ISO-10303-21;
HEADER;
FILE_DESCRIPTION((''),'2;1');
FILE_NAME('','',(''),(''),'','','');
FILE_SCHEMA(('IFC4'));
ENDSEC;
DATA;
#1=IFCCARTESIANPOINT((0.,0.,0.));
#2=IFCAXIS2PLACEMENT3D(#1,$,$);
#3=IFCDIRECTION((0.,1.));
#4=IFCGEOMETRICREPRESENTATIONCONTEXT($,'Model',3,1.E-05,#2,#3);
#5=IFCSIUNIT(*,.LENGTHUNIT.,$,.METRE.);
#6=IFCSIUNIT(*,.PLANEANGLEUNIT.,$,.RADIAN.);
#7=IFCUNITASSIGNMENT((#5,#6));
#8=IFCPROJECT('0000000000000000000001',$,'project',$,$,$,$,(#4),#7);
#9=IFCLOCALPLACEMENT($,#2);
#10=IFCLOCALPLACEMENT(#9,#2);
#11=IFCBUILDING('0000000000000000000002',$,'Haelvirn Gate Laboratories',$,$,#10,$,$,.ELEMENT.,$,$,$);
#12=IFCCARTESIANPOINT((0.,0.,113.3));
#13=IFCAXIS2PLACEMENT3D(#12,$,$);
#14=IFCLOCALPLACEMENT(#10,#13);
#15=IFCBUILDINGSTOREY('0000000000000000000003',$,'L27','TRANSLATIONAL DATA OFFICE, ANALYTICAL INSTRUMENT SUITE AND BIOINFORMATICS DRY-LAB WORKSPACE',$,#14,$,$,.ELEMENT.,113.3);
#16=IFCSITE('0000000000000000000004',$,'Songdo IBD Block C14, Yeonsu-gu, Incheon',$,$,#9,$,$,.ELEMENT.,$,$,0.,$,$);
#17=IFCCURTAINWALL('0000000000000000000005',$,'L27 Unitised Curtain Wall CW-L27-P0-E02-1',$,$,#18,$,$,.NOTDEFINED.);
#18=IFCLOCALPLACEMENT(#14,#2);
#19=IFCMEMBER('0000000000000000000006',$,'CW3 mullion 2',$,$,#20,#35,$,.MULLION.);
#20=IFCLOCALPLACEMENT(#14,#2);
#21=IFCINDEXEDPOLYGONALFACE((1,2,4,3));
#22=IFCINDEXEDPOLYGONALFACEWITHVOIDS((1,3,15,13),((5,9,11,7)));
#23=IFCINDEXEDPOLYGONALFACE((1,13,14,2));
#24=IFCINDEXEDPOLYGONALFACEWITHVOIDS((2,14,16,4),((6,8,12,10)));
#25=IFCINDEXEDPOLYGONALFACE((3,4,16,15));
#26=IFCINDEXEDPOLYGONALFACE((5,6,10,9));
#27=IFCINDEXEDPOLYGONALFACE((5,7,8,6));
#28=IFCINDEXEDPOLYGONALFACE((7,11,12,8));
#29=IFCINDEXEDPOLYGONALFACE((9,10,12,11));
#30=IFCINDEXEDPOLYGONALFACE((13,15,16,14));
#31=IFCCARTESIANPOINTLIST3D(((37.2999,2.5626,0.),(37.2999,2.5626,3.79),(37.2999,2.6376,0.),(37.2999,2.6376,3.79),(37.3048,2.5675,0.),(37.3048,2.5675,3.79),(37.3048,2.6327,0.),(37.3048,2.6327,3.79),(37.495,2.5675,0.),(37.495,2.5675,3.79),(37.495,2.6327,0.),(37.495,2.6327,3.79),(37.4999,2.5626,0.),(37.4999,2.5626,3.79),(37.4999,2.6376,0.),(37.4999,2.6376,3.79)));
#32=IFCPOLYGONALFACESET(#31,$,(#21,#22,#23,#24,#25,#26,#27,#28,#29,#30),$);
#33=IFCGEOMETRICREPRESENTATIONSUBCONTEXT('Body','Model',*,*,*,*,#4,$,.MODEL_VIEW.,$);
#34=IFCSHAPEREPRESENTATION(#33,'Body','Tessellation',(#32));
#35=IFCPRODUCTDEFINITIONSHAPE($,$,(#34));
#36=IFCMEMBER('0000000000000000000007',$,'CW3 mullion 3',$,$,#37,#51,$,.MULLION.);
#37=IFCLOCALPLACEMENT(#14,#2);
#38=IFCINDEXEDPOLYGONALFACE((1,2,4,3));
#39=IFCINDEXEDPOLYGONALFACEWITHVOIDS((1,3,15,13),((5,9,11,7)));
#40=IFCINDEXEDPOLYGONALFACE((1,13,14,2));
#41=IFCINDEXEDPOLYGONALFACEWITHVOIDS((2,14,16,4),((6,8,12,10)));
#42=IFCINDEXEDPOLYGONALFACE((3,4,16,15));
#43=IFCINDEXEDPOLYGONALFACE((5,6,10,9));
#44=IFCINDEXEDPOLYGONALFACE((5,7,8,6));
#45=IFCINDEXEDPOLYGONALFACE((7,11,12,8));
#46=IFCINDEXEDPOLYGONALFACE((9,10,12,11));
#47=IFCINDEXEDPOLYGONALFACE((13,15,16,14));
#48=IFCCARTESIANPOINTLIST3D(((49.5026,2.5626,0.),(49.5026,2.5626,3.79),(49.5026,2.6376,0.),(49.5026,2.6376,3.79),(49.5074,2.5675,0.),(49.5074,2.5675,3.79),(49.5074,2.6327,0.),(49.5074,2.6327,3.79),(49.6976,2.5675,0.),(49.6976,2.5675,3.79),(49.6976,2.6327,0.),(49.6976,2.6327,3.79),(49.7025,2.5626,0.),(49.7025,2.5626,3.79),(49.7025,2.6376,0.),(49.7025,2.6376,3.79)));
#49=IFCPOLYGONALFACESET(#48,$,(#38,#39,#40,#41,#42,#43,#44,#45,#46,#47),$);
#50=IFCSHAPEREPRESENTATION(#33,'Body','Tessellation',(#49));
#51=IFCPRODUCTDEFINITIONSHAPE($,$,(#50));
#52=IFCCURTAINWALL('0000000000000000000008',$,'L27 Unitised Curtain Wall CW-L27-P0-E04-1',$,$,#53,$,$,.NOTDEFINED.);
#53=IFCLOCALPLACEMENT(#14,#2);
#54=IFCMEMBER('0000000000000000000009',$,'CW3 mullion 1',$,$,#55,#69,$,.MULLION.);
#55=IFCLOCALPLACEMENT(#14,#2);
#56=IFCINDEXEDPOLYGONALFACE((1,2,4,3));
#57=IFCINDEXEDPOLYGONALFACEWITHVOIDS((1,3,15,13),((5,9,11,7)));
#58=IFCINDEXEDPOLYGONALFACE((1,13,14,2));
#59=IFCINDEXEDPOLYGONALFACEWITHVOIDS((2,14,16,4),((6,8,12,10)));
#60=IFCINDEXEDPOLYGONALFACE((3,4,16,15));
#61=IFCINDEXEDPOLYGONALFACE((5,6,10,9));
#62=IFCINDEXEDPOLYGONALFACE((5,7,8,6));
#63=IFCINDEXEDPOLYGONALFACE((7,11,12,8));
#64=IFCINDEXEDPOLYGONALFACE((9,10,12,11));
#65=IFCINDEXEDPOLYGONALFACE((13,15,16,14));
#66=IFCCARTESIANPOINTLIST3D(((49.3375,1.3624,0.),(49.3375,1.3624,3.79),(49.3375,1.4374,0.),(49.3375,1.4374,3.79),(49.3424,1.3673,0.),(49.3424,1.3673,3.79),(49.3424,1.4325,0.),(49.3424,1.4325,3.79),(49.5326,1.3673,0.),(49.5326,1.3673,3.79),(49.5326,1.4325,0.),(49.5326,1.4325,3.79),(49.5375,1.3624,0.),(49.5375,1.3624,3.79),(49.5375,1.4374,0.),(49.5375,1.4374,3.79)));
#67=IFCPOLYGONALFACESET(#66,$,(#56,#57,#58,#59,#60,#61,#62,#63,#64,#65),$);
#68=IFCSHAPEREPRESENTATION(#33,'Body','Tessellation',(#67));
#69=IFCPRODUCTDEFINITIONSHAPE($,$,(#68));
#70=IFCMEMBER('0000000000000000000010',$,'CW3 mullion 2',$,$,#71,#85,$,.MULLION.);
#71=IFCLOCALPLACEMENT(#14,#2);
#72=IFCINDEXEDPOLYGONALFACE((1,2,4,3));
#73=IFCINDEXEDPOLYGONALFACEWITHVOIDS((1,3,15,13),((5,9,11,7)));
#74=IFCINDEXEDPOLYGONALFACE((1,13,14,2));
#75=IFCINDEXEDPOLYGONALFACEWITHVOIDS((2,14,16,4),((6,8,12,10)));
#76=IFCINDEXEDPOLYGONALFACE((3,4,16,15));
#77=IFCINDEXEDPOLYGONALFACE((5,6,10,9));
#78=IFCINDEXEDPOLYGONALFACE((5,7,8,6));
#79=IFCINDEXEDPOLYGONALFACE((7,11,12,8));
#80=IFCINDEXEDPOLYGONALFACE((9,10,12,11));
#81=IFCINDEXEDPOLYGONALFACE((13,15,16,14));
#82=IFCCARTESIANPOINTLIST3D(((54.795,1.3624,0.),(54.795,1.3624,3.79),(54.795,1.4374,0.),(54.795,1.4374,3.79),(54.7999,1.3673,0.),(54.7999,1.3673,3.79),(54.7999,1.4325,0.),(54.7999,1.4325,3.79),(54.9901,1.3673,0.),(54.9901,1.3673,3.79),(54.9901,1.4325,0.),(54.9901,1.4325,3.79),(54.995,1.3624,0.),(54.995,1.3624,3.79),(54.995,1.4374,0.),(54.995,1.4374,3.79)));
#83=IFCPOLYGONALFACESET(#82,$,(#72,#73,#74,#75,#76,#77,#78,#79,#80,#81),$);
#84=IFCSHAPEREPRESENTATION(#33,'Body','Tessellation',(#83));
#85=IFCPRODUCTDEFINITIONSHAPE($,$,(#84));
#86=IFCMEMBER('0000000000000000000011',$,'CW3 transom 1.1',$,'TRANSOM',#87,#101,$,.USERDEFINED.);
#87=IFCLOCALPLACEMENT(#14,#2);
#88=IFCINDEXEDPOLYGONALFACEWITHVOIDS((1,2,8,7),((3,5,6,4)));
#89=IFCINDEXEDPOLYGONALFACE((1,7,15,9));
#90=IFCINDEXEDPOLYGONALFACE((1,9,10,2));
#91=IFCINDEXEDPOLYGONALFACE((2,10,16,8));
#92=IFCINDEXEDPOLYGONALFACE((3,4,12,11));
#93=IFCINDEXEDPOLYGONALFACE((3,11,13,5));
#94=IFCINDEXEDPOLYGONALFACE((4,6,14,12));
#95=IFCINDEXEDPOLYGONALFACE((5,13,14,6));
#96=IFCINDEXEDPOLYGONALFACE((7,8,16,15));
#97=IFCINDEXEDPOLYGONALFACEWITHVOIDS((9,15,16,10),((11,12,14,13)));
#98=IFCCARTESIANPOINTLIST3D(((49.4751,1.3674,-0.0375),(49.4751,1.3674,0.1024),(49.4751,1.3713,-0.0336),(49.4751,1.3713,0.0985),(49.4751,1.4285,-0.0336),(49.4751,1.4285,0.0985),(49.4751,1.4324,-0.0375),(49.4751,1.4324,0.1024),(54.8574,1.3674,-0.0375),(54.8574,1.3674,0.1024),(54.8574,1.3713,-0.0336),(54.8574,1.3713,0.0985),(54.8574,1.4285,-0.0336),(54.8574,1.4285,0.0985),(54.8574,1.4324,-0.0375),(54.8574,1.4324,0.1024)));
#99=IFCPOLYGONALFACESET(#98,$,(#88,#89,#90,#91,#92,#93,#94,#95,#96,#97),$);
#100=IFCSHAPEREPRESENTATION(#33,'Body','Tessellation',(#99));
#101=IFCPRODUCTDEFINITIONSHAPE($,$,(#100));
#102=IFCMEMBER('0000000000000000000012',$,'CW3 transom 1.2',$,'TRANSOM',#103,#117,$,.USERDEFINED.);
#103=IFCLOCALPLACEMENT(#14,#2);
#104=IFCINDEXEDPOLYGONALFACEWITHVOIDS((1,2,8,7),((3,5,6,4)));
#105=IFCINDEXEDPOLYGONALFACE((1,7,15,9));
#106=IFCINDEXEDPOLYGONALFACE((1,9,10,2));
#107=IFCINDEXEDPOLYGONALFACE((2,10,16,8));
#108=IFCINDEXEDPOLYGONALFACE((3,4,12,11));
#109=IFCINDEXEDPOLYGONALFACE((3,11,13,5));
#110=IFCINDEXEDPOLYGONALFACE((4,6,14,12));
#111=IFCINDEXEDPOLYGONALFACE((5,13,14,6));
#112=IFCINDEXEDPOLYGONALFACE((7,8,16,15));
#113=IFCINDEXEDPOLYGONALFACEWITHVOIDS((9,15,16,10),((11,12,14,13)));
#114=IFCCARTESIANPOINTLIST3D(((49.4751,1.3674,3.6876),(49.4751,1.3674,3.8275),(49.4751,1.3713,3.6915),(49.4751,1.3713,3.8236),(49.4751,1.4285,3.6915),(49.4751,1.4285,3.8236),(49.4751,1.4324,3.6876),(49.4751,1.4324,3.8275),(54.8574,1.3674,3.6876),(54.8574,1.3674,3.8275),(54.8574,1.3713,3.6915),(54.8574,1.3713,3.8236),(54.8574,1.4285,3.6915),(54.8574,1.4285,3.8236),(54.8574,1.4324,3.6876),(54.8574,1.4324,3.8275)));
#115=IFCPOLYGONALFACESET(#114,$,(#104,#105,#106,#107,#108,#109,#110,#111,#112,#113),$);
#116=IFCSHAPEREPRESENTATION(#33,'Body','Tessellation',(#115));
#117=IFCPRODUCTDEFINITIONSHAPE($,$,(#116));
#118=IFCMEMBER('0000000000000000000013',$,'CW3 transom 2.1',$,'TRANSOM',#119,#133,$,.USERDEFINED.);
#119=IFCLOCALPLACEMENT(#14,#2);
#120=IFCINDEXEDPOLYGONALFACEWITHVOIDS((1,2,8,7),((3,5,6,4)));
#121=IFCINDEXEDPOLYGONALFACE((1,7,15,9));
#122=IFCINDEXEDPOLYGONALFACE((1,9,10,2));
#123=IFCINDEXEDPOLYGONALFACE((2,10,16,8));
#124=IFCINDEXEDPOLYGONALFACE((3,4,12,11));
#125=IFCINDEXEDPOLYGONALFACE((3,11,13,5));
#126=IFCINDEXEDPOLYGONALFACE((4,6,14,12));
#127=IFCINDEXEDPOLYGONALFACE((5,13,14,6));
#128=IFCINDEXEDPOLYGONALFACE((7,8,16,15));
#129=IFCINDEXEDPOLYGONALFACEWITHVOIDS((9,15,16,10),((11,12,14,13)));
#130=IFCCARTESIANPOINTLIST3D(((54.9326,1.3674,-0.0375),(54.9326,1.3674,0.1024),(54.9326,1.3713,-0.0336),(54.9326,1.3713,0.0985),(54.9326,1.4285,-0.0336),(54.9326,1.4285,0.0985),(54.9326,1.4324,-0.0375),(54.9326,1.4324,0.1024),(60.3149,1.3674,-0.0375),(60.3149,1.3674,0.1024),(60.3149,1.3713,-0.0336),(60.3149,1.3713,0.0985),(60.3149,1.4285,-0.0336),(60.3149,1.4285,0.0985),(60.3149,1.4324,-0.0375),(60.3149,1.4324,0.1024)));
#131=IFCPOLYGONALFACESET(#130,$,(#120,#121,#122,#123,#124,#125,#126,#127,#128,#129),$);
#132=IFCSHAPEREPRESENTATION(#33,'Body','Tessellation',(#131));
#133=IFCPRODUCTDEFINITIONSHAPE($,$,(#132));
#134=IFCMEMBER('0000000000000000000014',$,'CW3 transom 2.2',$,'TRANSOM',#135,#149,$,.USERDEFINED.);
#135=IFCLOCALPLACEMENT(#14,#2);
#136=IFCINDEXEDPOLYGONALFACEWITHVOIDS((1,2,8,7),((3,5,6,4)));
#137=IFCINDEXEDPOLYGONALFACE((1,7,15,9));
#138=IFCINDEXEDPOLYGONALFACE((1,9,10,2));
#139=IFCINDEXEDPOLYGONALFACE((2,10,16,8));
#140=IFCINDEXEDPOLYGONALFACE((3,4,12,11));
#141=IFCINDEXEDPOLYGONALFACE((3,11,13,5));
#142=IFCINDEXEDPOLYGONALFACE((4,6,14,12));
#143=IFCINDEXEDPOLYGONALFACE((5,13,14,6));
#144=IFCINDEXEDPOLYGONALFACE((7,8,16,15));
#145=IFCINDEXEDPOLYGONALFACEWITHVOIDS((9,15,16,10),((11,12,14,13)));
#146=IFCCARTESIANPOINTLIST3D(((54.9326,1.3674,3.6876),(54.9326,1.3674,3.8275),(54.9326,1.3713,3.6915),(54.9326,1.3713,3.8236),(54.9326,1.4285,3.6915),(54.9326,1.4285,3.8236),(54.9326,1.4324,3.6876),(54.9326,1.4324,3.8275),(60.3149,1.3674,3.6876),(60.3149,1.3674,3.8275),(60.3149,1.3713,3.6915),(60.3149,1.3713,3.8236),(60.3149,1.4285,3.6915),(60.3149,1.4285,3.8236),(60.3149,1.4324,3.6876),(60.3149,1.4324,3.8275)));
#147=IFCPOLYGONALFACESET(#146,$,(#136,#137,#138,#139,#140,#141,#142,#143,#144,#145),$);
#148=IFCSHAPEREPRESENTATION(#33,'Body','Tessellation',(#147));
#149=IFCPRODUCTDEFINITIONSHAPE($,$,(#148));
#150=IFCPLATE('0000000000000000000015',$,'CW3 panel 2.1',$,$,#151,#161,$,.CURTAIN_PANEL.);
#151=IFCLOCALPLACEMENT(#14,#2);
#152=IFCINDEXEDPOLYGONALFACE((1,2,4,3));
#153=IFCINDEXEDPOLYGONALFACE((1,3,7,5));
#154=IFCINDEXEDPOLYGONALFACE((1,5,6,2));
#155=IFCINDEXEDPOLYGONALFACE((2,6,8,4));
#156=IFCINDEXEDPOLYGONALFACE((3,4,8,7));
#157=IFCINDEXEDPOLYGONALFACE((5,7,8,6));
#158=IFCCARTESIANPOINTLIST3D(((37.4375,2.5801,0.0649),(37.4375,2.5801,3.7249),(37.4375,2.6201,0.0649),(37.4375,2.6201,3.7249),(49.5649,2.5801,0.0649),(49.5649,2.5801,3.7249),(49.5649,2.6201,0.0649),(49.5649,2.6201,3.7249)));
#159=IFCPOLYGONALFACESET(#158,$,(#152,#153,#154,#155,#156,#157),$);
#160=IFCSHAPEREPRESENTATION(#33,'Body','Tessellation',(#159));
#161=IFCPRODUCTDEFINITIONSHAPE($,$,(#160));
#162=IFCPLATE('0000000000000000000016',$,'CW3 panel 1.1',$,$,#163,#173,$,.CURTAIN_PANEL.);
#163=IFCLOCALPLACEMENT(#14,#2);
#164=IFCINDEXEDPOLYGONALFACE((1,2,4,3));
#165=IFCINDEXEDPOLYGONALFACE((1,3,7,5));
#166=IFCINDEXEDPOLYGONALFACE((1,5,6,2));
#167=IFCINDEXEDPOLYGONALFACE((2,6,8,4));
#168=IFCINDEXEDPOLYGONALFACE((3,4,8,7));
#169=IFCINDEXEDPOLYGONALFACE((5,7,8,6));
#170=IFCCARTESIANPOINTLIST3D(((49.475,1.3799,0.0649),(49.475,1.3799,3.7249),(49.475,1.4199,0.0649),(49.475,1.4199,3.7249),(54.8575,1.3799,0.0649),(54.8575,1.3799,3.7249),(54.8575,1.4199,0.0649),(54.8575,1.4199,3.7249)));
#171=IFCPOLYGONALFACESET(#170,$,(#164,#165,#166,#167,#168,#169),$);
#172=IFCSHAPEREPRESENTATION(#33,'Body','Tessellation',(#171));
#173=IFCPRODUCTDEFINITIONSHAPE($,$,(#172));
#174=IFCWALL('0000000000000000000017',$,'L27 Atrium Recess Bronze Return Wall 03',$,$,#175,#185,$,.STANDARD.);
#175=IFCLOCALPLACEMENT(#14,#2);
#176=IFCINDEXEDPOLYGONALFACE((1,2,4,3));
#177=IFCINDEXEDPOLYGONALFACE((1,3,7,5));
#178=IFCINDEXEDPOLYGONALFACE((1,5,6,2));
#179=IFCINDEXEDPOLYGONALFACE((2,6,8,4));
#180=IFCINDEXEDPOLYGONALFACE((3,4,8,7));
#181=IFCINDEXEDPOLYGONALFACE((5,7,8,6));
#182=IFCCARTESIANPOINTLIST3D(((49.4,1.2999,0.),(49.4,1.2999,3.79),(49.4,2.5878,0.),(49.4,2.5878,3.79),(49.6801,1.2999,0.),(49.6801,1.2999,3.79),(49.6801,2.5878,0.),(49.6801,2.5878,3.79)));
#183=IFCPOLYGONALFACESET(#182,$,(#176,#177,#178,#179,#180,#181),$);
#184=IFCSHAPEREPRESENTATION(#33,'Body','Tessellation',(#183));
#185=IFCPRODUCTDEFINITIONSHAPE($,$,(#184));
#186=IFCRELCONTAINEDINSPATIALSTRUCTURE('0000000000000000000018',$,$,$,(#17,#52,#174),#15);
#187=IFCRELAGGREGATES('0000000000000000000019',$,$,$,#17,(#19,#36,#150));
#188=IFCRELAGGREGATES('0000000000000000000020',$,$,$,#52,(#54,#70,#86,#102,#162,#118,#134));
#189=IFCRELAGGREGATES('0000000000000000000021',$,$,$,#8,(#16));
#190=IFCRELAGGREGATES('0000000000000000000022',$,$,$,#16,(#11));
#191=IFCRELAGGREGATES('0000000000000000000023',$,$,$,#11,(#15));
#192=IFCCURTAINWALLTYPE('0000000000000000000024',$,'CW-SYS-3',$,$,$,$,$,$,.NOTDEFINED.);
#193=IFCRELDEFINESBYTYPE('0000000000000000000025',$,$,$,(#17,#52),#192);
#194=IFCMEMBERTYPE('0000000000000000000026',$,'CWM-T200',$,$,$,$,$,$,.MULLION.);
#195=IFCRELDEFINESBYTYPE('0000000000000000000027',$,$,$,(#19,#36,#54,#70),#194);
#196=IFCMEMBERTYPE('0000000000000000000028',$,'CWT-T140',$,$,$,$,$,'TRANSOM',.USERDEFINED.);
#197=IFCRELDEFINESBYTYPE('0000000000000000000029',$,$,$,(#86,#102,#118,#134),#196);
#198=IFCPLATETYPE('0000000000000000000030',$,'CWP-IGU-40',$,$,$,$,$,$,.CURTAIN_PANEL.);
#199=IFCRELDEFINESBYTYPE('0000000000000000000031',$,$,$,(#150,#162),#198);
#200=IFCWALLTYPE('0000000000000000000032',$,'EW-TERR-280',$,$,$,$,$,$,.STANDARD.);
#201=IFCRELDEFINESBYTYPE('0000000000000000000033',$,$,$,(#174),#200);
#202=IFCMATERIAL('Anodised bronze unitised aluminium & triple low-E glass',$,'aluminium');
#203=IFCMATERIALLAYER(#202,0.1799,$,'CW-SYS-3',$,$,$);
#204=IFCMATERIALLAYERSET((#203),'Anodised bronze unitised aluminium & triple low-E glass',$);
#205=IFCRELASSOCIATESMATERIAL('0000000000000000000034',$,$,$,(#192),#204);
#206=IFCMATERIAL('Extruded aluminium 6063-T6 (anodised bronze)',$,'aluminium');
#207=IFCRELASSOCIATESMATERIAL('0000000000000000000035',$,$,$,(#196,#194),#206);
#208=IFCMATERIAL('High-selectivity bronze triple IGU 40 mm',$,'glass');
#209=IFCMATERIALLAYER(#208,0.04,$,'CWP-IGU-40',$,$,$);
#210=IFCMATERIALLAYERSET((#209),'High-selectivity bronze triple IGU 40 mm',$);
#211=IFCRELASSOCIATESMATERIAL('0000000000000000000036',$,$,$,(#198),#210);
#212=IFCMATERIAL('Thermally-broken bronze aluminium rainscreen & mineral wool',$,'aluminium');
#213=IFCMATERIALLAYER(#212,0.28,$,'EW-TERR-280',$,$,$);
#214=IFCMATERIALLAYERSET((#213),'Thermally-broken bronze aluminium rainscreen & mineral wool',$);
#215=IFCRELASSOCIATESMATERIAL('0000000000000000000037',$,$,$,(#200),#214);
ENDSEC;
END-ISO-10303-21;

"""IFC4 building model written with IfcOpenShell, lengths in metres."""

from ifc_helpers import new_model, si_unit, direction, frame, frame_2d, origin, origin_2d, place, context, subcontext, project, spatial, rectangle, hollow_rectangle, extrude, source, transform, mapped, material, layer, layer_set, material_profile, profile_set, type_object, type_shapes, element, aggregate, save


model = new_model("IFC4")

# Units and contexts
model_context = context("Model", 3, precision=1e-05, world=origin(), true_north=direction((0.0, 1.0)))
body_context = subcontext(model_context, "Body", "Model", "MODEL_VIEW")
ifc_project = project(units=[si_unit("LENGTHUNIT", "METRE"), si_unit("PLANEANGLEUNIT", "RADIAN")], contexts=[model_context])

# Site, building, storey
site_placement = place(None, origin())
site = spatial("IfcSite", under=ifc_project, at=site_placement, Name="Songdo IBD Block C14, Yeonsu-gu, Incheon", CompositionType="ELEMENT", RefElevation=0.0)
building_placement = place(site_placement, origin())
building = spatial("IfcBuilding", under=site, at=building_placement, Name="Haelvirn Gate Laboratories", CompositionType="ELEMENT")
storey_placement = place(building_placement, frame((0.0, 0.0, 113.3)))
storey = spatial("IfcBuildingStorey", under=building, at=storey_placement, Name="L27", Description="TRANSLATIONAL DATA OFFICE, ANALYTICAL INSTRUMENT SUITE AND BIOINFORMATICS DRY-LAB WORKSPACE", CompositionType="ELEMENT", Elevation=113.3)

# Curtain walls, members
ifc_material_1 = material(Name="Anodised bronze unitised aluminium & triple low-E glass", Category="aluminium")
ifc_layer_1 = layer(ifc_material_1, 0.1799, Name="CW-SYS-3")
ifc_layer_set_1 = layer_set([ifc_layer_1], Name="Anodised bronze unitised aluminium & triple low-E glass")
curtain_wall_type = type_object("IfcCurtainWallType", Name="CW-SYS-3", PredefinedType="NOTDEFINED", material=ifc_layer_set_1)
curtain_wall_1_placement = place(storey_placement, origin())
curtain_wall_1 = element("IfcCurtainWall", 1, at=curtain_wall_1_placement, inside=storey, type_object=curtain_wall_type, Name="L27 Unitised Curtain Wall CW-L27-P0-E02-1", PredefinedType="NOTDEFINED")
ifc_material_2 = material(Name="Extruded aluminium 6063-T6 (anodised bronze)", Category="aluminium")
ifc_material_profile_1 = material_profile(ifc_material_2, hollow_rectangle(XDim=0.0649, YDim=0.1399, WallThickness=0.0039, at=origin_2d()), Name="CWT-140x65x4")
ifc_profile_set_1 = profile_set([ifc_material_profile_1], Name="Extruded aluminium 6063-T6 (anodised bronze)")
member_type_1 = type_object("IfcMemberType", Name="CWT-T140", ElementType="TRANSOM", PredefinedType="USERDEFINED", material=ifc_profile_set_1)
ifc_material_profile_2 = material_profile(ifc_material_2, hollow_rectangle(XDim=0.075, YDim=0.2, WallThickness=0.0049, at=origin_2d()), Name="CWM-200x75x5")
ifc_profile_set_2 = profile_set([ifc_material_profile_2], Name="Extruded aluminium 6063-T6 (anodised bronze)")
member_type_2 = type_object("IfcMemberType", Name="CWM-T200", PredefinedType="MULLION", material=ifc_profile_set_2)
shared_shape_1 = source(origin(), body_context, "Body", "SweptSolid", [
    extrude(hollow_rectangle(XDim=0.075, YDim=0.2, WallThickness=0.0049, at=origin_2d()), origin(), (0.0, 0.0, 1.0), 3.79),
])
type_shapes(member_type_2, [shared_shape_1])
member_1_placement = place(storey_placement, frame((37.3999, 2.6001, 0.0), z_axis=(0.0, 0.0, 1.0), x_axis=(0.0, 1.0, 0.0)))
member_1 = element("IfcMember", 2, at=member_1_placement, type_object=member_type_2, Name="CW3 mullion 2", PredefinedType="MULLION", context=body_context, shape_type="MappedRepresentation", body=[
    mapped(shared_shape_1, transform((0.0, 0.0, 0.0), scale=1.0)),
])
member_2_placement = place(storey_placement, frame((49.6025, 2.6001, 0.0), z_axis=(0.0, 0.0, 1.0), x_axis=(0.0, 1.0, 0.0)))
member_2 = element("IfcMember", 3, at=member_2_placement, type_object=member_type_2, Name="CW3 mullion 3", PredefinedType="MULLION", context=body_context, shape_type="MappedRepresentation", body=[
    mapped(shared_shape_1, transform((0.0, 0.0, 0.0), scale=1.0)),
])
curtain_wall_2_placement = place(storey_placement, origin())
curtain_wall_2 = element("IfcCurtainWall", 4, at=curtain_wall_2_placement, inside=storey, type_object=curtain_wall_type, Name="L27 Unitised Curtain Wall CW-L27-P0-E04-1", PredefinedType="NOTDEFINED")
member_3_placement = place(storey_placement, frame((49.4375, 1.3999, 0.0), z_axis=(0.0, 0.0, 1.0), x_axis=(0.0, 1.0, 0.0)))
member_3 = element("IfcMember", 5, at=member_3_placement, type_object=member_type_2, Name="CW3 mullion 1", PredefinedType="MULLION", context=body_context, shape_type="MappedRepresentation", body=[
    mapped(shared_shape_1, transform((0.0, 0.0, 0.0), scale=1.0)),
])
member_4_placement = place(storey_placement, frame((54.895, 1.3999, 0.0), z_axis=(0.0, 0.0, 1.0), x_axis=(0.0, 1.0, 0.0)))
member_4 = element("IfcMember", 6, at=member_4_placement, type_object=member_type_2, Name="CW3 mullion 2", PredefinedType="MULLION", context=body_context, shape_type="MappedRepresentation", body=[
    mapped(shared_shape_1, transform((0.0, 0.0, 0.0), scale=1.0)),
])
shared_shape_2 = source(origin(), body_context, "Body", "SweptSolid", [
    extrude(hollow_rectangle(XDim=0.0649, YDim=0.1399, WallThickness=0.0039, at=origin_2d()), origin(), (0.0, 0.0, 1.0), 5.3823),
])
member_5_placement = place(storey_placement, frame((49.4751, 1.3999, 0.0325), z_axis=(1.0, 0.0, 0.0), x_axis=(0.0, 1.0, 0.0)))
member_5 = element("IfcMember", 7, at=member_5_placement, type_object=member_type_1, Name="CW3 transom 1.1", ObjectType="TRANSOM", PredefinedType="USERDEFINED", context=body_context, shape_type="MappedRepresentation", body=[
    mapped(shared_shape_2, transform((0.0, 0.0, 0.0), scale=1.0)),
])
member_6_placement = place(storey_placement, frame((49.4751, 1.3999, 3.7576), z_axis=(1.0, 0.0, 0.0), x_axis=(0.0, 1.0, 0.0)))
member_6 = element("IfcMember", 8, at=member_6_placement, type_object=member_type_1, Name="CW3 transom 1.2", ObjectType="TRANSOM", PredefinedType="USERDEFINED", context=body_context, shape_type="MappedRepresentation", body=[
    mapped(shared_shape_2, transform((0.0, 0.0, 0.0), scale=1.0)),
])
member_7_placement = place(storey_placement, frame((54.9326, 1.3999, 0.0325), z_axis=(1.0, 0.0, 0.0), x_axis=(0.0, 1.0, 0.0)))
member_7 = element("IfcMember", 9, at=member_7_placement, type_object=member_type_1, Name="CW3 transom 2.1", ObjectType="TRANSOM", PredefinedType="USERDEFINED", context=body_context, shape_type="MappedRepresentation", body=[
    mapped(shared_shape_2, transform((0.0, 0.0, 0.0), scale=1.0)),
])
member_8_placement = place(storey_placement, frame((54.9326, 1.3999, 3.7576), z_axis=(1.0, 0.0, 0.0), x_axis=(0.0, 1.0, 0.0)))
member_8 = element("IfcMember", 10, at=member_8_placement, type_object=member_type_1, Name="CW3 transom 2.2", ObjectType="TRANSOM", PredefinedType="USERDEFINED", context=body_context, shape_type="MappedRepresentation", body=[
    mapped(shared_shape_2, transform((0.0, 0.0, 0.0), scale=1.0)),
])

# Plates
ifc_material_3 = material(Name="High-selectivity bronze triple IGU 40 mm", Category="glass")
ifc_layer_2 = layer(ifc_material_3, 0.04, Name="CWP-IGU-40")
ifc_layer_set_2 = layer_set([ifc_layer_2], Name="High-selectivity bronze triple IGU 40 mm")
plate_type = type_object("IfcPlateType", Name="CWP-IGU-40", PredefinedType="CURTAIN_PANEL", material=ifc_layer_set_2)
shared_shape_3 = source(origin(), body_context, "Body", "SweptSolid", [
    extrude(rectangle(XDim=12.1274, YDim=0.04, at=origin_2d()), origin(), (0.0, 0.0, 1.0), 3.6599),
])
plate_1_placement = place(storey_placement, frame((43.5012, 2.6001, 0.0649), z_axis=(0.0, 0.0, 1.0), x_axis=(1.0, 0.0, 0.0)))
plate_1 = element("IfcPlate", 11, at=plate_1_placement, type_object=plate_type, Name="CW3 panel 2.1", PredefinedType="CURTAIN_PANEL", context=body_context, shape_type="MappedRepresentation", body=[
    mapped(shared_shape_3, transform((0.0, 0.0, 0.0), scale=1.0)),
])
aggregate(curtain_wall_1, [member_1, member_2, plate_1])
shared_shape_4 = source(origin(), body_context, "Body", "SweptSolid", [
    extrude(rectangle(XDim=5.3826, YDim=0.04, at=origin_2d()), origin(), (0.0, 0.0, 1.0), 3.6599),
])
type_shapes(plate_type, [shared_shape_3, shared_shape_4])
plate_2_placement = place(storey_placement, frame((52.1663, 1.3999, 0.0649), z_axis=(0.0, 0.0, 1.0), x_axis=(1.0, 0.0, 0.0)))
plate_2 = element("IfcPlate", 12, at=plate_2_placement, type_object=plate_type, Name="CW3 panel 1.1", PredefinedType="CURTAIN_PANEL", context=body_context, shape_type="MappedRepresentation", body=[
    mapped(shared_shape_4, transform((0.0, 0.0, 0.0), scale=1.0)),
])
aggregate(curtain_wall_2, [member_3, member_4, member_5, member_6, plate_2, member_7, member_8])

# Wall
ifc_material_4 = material(Name="Thermally-broken bronze aluminium rainscreen & mineral wool", Category="aluminium")
ifc_layer_3 = layer(ifc_material_4, 0.28, Name="EW-TERR-280")
ifc_layer_set_3 = layer_set([ifc_layer_3], Name="Thermally-broken bronze aluminium rainscreen & mineral wool")
wall_type_1 = type_object("IfcWallType", Name="EW-TERR-280", PredefinedType="STANDARD", material=ifc_layer_set_3)
wall_1_placement = place(storey_placement, frame((49.54, 2.5879, 0.0), z_axis=(0.0, 0.0, 1.0), x_axis=(0.0, -1.0, 0.0)))
element("IfcWall", 13, at=wall_1_placement, inside=storey, type_object=wall_type_1, Name="L27 Atrium Recess Bronze Return Wall 03", PredefinedType="STANDARD", context=body_context, shape_type="SweptSolid", body=[
    extrude(rectangle(XDim=1.2878, YDim=0.28, at=frame_2d((0.644, 0.0))), origin(), (0.0, 0.0, 1.0), 3.79),
])

save(model, "model.ifc")
